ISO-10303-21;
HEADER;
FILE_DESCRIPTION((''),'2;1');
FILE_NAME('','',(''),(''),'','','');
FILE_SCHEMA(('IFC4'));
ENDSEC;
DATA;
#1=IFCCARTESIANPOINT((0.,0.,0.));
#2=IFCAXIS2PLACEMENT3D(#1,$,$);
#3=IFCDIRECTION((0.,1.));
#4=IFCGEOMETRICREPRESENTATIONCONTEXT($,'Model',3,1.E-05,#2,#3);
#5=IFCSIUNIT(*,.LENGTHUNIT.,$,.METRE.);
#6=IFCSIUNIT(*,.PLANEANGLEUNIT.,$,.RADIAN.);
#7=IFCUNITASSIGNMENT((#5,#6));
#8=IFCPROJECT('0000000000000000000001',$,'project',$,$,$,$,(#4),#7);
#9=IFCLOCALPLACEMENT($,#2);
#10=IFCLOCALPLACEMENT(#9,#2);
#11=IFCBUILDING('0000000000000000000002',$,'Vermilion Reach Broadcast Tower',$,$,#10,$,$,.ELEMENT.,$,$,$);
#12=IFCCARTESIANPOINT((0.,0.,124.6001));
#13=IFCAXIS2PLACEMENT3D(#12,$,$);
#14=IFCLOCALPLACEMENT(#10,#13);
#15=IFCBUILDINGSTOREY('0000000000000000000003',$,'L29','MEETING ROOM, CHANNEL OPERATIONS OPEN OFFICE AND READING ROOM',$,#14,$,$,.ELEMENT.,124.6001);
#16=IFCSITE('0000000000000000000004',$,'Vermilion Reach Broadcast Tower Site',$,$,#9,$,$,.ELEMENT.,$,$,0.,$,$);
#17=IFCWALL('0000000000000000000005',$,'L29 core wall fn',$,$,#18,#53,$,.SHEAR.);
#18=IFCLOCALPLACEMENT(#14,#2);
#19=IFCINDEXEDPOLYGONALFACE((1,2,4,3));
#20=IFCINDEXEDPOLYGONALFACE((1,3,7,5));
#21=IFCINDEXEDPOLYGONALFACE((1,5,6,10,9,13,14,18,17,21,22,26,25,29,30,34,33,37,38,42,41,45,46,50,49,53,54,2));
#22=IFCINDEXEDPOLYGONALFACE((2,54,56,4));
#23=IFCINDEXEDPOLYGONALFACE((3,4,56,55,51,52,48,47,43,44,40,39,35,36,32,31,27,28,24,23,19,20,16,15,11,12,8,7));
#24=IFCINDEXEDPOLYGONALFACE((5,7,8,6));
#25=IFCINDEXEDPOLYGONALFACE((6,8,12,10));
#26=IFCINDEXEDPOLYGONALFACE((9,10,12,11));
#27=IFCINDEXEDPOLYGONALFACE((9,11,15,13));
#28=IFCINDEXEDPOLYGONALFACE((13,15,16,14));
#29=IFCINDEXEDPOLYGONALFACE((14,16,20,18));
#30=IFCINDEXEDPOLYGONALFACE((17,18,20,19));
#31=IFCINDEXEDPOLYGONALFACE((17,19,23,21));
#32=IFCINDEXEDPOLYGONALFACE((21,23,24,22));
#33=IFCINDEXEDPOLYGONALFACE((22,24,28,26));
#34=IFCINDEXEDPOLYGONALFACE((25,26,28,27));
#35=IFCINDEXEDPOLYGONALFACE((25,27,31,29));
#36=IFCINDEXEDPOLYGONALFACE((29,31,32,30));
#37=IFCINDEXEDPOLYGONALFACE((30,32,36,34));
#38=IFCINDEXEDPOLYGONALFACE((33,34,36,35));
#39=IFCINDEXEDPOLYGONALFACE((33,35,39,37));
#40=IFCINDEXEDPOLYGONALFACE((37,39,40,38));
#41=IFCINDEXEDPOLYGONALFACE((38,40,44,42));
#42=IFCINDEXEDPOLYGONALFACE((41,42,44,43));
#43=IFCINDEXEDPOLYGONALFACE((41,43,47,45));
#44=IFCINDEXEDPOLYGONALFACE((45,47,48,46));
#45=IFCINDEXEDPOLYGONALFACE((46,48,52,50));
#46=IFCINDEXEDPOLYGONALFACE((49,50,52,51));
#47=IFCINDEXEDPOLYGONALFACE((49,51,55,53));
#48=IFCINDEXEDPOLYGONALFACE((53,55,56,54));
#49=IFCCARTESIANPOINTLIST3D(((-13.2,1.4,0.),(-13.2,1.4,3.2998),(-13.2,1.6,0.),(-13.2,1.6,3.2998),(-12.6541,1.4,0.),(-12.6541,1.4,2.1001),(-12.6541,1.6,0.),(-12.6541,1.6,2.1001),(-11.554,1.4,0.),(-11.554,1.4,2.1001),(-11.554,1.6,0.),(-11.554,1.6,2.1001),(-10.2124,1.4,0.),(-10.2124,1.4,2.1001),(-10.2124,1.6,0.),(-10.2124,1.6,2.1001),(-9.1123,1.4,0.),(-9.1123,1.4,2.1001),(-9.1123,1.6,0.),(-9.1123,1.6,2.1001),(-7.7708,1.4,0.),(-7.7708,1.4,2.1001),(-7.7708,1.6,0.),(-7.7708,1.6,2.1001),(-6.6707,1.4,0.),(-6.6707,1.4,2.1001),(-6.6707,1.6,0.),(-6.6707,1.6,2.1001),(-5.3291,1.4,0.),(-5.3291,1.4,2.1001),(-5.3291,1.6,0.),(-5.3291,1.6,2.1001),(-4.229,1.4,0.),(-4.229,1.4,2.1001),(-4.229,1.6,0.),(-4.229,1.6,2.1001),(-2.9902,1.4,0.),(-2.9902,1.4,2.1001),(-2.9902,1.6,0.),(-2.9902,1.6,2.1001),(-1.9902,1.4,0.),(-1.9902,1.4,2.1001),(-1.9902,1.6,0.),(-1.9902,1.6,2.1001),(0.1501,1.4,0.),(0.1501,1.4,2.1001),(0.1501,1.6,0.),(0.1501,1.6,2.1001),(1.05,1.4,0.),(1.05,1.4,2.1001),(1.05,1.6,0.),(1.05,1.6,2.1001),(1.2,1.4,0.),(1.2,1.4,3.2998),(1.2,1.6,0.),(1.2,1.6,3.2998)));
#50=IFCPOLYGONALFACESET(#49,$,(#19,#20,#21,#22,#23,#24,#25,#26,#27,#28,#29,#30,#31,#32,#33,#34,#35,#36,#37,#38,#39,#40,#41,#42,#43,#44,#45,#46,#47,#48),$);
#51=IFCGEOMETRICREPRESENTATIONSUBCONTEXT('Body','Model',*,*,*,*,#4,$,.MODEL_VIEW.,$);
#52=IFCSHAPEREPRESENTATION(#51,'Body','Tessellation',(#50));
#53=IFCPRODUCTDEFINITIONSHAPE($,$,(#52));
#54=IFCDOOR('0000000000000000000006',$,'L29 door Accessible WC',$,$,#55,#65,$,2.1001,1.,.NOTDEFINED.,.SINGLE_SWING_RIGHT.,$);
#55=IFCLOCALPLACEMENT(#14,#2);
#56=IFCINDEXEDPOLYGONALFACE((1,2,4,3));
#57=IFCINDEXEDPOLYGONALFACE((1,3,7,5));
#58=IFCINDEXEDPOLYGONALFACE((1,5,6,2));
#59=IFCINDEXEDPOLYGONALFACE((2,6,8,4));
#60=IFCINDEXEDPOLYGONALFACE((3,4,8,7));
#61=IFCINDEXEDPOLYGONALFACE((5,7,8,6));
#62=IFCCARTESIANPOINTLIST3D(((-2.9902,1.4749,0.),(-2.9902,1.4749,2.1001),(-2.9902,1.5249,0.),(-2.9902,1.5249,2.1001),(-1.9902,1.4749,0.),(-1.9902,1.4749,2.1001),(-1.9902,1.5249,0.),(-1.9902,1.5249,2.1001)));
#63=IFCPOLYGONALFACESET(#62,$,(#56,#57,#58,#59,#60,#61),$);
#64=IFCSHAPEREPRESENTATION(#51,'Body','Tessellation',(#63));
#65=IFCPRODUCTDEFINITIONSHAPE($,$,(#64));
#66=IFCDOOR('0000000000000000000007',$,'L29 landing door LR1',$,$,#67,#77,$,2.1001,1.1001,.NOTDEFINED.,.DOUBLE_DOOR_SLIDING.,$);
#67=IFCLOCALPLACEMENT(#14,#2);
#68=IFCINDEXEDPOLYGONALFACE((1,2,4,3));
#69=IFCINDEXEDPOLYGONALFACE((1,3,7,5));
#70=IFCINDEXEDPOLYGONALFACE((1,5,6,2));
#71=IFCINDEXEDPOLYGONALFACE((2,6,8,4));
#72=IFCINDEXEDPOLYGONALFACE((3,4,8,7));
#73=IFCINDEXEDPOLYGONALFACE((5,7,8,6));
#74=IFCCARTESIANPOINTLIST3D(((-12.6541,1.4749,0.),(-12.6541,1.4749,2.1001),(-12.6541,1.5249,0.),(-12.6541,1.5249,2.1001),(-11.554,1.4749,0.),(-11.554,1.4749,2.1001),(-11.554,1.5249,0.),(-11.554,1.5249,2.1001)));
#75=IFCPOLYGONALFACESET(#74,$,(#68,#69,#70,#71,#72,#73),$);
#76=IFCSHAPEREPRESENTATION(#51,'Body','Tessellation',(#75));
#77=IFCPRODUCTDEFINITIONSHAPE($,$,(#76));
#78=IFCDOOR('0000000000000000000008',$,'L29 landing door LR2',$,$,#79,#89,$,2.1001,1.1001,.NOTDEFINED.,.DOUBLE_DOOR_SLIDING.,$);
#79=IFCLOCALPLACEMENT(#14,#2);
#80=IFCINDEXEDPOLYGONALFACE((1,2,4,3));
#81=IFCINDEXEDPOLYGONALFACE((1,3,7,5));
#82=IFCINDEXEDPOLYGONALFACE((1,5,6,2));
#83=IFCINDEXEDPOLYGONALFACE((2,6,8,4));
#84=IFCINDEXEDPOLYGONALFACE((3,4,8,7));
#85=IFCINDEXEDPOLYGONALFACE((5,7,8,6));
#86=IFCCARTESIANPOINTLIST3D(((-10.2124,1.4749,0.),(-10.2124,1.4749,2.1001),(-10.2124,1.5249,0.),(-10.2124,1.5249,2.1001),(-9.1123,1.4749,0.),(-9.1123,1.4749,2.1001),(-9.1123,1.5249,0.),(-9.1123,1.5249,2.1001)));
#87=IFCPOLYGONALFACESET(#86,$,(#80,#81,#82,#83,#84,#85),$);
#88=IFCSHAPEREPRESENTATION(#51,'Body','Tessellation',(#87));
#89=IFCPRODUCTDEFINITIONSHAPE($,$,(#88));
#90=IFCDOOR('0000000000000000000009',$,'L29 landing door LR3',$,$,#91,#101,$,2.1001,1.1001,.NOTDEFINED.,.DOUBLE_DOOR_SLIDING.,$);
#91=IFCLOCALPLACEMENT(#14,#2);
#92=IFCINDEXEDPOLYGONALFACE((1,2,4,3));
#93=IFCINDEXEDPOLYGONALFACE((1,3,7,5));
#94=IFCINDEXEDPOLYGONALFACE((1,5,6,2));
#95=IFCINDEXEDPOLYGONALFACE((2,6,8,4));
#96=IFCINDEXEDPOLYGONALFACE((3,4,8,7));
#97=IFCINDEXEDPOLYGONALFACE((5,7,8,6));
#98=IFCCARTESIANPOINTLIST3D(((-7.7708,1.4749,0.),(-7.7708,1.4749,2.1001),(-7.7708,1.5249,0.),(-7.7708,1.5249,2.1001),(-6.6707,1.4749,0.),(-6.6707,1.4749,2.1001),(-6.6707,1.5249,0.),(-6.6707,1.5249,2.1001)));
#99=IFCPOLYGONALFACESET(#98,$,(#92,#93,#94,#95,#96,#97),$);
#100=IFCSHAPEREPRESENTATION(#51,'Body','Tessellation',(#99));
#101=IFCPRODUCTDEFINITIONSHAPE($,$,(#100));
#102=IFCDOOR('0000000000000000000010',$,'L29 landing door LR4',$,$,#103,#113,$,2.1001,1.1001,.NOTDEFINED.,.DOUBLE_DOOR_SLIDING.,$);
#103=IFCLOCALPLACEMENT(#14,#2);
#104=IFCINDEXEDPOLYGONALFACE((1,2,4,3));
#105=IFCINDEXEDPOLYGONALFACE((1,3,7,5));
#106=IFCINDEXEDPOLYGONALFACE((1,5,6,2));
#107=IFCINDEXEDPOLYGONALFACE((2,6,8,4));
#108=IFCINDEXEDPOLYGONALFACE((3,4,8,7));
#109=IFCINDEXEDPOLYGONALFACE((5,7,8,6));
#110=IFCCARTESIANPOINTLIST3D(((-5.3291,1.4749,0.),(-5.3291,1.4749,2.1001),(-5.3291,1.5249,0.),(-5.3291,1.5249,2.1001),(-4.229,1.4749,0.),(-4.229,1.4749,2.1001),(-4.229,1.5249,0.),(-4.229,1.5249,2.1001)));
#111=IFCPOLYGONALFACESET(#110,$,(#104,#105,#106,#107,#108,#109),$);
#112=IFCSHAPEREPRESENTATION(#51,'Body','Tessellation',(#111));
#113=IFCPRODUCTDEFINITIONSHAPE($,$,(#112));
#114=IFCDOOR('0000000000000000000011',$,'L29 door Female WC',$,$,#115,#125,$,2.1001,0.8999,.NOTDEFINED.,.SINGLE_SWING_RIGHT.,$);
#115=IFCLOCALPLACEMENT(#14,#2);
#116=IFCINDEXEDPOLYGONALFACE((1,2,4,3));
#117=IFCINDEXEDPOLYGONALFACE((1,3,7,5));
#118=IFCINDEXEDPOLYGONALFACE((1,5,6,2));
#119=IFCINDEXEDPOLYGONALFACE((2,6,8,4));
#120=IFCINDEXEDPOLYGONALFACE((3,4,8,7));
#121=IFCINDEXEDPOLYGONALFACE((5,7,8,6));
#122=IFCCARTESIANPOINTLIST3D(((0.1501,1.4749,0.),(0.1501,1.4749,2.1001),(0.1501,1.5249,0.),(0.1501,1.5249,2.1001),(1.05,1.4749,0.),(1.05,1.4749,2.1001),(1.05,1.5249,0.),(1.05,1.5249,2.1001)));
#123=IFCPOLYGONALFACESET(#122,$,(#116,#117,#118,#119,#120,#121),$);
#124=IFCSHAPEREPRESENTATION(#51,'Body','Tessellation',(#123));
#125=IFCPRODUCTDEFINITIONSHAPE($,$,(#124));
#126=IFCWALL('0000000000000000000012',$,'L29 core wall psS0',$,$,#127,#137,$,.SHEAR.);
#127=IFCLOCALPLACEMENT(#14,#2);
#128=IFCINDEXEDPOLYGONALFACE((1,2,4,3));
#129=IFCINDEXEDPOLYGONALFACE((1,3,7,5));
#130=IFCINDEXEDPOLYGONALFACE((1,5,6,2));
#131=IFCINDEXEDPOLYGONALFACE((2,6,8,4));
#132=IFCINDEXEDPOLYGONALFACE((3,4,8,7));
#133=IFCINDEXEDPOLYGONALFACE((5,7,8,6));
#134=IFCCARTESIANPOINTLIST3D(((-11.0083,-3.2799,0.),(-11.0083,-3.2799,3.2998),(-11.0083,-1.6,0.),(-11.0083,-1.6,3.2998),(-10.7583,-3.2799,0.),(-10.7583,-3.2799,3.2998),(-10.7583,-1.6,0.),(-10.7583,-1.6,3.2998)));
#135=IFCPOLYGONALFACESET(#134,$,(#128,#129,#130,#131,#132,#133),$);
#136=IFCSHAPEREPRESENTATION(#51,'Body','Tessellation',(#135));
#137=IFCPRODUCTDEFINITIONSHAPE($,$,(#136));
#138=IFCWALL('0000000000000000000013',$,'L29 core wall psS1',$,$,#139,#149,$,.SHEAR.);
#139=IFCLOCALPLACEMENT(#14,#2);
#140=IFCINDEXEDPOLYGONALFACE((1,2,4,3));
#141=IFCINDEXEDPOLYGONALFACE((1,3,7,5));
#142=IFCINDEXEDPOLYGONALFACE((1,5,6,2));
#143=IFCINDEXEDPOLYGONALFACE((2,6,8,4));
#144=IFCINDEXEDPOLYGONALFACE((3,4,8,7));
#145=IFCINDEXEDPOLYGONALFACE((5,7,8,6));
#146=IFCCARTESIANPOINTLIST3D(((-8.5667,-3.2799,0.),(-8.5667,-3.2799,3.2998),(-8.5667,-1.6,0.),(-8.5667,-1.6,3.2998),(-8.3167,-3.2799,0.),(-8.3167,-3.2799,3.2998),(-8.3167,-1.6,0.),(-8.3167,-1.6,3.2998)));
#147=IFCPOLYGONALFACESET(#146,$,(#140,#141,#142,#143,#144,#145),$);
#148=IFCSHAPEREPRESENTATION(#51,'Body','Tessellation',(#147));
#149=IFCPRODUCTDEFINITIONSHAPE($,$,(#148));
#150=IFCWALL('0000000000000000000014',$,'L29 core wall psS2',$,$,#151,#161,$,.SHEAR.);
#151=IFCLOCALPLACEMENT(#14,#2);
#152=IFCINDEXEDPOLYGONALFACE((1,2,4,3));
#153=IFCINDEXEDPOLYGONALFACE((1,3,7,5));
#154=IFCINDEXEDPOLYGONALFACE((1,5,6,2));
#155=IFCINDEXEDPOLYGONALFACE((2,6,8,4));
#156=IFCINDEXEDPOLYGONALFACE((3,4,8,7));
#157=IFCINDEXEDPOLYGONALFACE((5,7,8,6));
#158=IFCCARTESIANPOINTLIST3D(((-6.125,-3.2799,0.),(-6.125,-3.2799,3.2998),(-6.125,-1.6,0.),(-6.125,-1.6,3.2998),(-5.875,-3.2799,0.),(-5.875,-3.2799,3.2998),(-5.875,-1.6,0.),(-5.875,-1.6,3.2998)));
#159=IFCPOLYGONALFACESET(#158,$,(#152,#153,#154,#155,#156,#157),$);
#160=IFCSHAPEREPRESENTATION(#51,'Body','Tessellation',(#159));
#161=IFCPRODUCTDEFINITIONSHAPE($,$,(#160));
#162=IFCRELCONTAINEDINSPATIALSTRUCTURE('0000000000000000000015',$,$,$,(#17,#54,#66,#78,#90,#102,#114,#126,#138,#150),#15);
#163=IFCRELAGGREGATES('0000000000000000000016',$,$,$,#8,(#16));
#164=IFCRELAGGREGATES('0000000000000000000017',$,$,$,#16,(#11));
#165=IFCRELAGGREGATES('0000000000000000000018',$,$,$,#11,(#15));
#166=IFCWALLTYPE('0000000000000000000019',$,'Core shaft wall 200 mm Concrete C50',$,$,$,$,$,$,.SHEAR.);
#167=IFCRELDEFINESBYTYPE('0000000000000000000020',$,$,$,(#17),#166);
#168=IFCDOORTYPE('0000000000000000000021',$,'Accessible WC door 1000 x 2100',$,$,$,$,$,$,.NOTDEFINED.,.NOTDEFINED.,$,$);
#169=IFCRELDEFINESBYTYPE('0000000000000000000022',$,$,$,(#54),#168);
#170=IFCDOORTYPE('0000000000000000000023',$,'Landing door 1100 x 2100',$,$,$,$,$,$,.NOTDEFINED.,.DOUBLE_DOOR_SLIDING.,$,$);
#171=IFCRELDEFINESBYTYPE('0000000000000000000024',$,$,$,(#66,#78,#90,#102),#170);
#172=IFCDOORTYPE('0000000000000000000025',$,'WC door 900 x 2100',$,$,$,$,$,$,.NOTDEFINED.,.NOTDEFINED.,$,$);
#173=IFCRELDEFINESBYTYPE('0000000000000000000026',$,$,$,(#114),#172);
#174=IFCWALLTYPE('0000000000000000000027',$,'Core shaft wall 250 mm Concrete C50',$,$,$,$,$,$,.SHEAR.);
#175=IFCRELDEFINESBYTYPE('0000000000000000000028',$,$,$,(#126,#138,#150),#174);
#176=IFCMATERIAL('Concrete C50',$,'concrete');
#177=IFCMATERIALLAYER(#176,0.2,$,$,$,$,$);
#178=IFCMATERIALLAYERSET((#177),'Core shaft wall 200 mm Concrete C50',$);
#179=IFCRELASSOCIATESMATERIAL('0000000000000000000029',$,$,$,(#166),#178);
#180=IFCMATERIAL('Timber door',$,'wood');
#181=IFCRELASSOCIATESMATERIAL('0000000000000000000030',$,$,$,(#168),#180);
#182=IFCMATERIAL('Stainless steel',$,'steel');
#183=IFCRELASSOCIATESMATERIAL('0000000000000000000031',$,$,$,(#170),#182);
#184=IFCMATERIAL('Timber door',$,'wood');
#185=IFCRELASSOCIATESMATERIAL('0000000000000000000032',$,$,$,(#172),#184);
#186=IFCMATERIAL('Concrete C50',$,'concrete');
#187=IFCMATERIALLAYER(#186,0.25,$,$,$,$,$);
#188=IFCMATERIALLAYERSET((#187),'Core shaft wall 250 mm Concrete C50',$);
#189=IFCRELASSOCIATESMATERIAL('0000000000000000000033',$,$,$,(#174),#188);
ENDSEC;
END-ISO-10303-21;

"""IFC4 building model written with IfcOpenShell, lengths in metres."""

from ifc_helpers import new_model, si_unit, direction, frame, frame_2d, origin, place, context, subcontext, project, spatial, rectangle, extrude, material, layer, layer_set, type_object, element, fill, save


model = new_model("IFC4")

# Units and contexts
model_context = context("Model", 3, precision=1e-05, world=origin(), true_north=direction((0.0, 1.0)))
body_context = subcontext(model_context, "Body", "Model", "MODEL_VIEW")
ifc_project = project(units=[si_unit("LENGTHUNIT", "METRE"), si_unit("PLANEANGLEUNIT", "RADIAN")], contexts=[model_context])

# Site, building, storey
site_placement = place(None, origin())
site = spatial("IfcSite", under=ifc_project, at=site_placement, Name="Vermilion Reach Broadcast Tower Site", CompositionType="ELEMENT", RefElevation=0.0)
building_placement = place(site_placement, origin())
building = spatial("IfcBuilding", under=site, at=building_placement, Name="Vermilion Reach Broadcast Tower", CompositionType="ELEMENT")
storey_placement = place(building_placement, frame((0.0, 0.0, 124.6001)))
storey = spatial("IfcBuildingStorey", under=building, at=storey_placement, Name="L29", Description="MEETING ROOM, CHANNEL OPERATIONS OPEN OFFICE AND READING ROOM", CompositionType="ELEMENT", Elevation=124.6001)

# Wall, openings, doors
ifc_material_1 = material(Name="Concrete C50", Category="concrete")
ifc_layer_1 = layer(ifc_material_1, 0.2)
ifc_layer_set_1 = layer_set([ifc_layer_1], Name="Core shaft wall 200 mm Concrete C50")
wall_type_1 = type_object("IfcWallType", Name="Core shaft wall 200 mm Concrete C50", PredefinedType="SHEAR", material=ifc_layer_set_1)
wall_1_placement = place(storey_placement, frame((-13.2, 1.5, 0.0), z_axis=(0.0, 0.0, 1.0), x_axis=(1.0, 0.0, 0.0)))
wall_1 = element("IfcWall", 1, at=wall_1_placement, inside=storey, type_object=wall_type_1, Name="L29 core wall fn", PredefinedType="SHEAR", context=body_context, shape_type="SweptSolid", body=[
    extrude(rectangle(XDim=14.3999, YDim=0.2, at=frame_2d((7.2, 0.0))), origin(), (0.0, 0.0, 1.0), 3.2998),
])
opening_1_placement = place(wall_1_placement, frame((0.5459, 0.0, 0.0)))
opening_1 = element("IfcOpeningElement", 2, at=opening_1_placement, cuts=wall_1, PredefinedType="OPENING", context=body_context, shape_type="SweptSolid", body=[
    extrude(rectangle(XDim=1.1001, YDim=2.1001, at=frame_2d((0.55, 1.05))), frame((0.0, 0.1099, 0.0), z_axis=(0.0, -1.0, 0.0), x_axis=(1.0, 0.0, 0.0)), (0.0, 0.0, 1.0), 0.22),
])
opening_2_placement = place(wall_1_placement, frame((2.9875, 0.0, 0.0)))
opening_2 = element("IfcOpeningElement", 3, at=opening_2_placement, cuts=wall_1, PredefinedType="OPENING", context=body_context, shape_type="SweptSolid", body=[
    extrude(rectangle(XDim=1.1001, YDim=2.1001, at=frame_2d((0.55, 1.05))), frame((0.0, 0.1099, 0.0), z_axis=(0.0, -1.0, 0.0), x_axis=(1.0, 0.0, 0.0)), (0.0, 0.0, 1.0), 0.22),
])
opening_3_placement = place(wall_1_placement, frame((5.4292, 0.0, 0.0)))
opening_3 = element("IfcOpeningElement", 4, at=opening_3_placement, cuts=wall_1, PredefinedType="OPENING", context=body_context, shape_type="SweptSolid", body=[
    extrude(rectangle(XDim=1.1001, YDim=2.1001, at=frame_2d((0.55, 1.05))), frame((0.0, 0.1099, 0.0), z_axis=(0.0, -1.0, 0.0), x_axis=(1.0, 0.0, 0.0)), (0.0, 0.0, 1.0), 0.22),
])
opening_4_placement = place(wall_1_placement, frame((7.8708, 0.0, 0.0)))
opening_4 = element("IfcOpeningElement", 5, at=opening_4_placement, cuts=wall_1, PredefinedType="OPENING", context=body_context, shape_type="SweptSolid", body=[
    extrude(rectangle(XDim=1.1001, YDim=2.1001, at=frame_2d((0.55, 1.05))), frame((0.0, 0.1099, 0.0), z_axis=(0.0, -1.0, 0.0), x_axis=(1.0, 0.0, 0.0)), (0.0, 0.0, 1.0), 0.22),
])
opening_5_placement = place(wall_1_placement, frame((10.2097, 0.0, 0.0)))
opening_5 = element("IfcOpeningElement", 6, at=opening_5_placement, cuts=wall_1, PredefinedType="OPENING", context=body_context, shape_type="SweptSolid", body=[
    extrude(rectangle(XDim=1.0, YDim=2.1001, at=frame_2d((0.5, 1.05))), frame((0.0, 0.1099, 0.0), z_axis=(0.0, -1.0, 0.0), x_axis=(1.0, 0.0, 0.0)), (0.0, 0.0, 1.0), 0.22),
])
opening_6_placement = place(wall_1_placement, frame((13.3501, 0.0, 0.0)))
opening_6 = element("IfcOpeningElement", 7, at=opening_6_placement, cuts=wall_1, PredefinedType="OPENING", context=body_context, shape_type="SweptSolid", body=[
    extrude(rectangle(XDim=0.8999, YDim=2.1001, at=frame_2d((0.45, 1.05))), frame((0.0, 0.1099, 0.0), z_axis=(0.0, -1.0, 0.0), x_axis=(1.0, 0.0, 0.0)), (0.0, 0.0, 1.0), 0.22),
])
ifc_material_2 = material(Name="Timber door", Category="wood")
door_type_1 = type_object("IfcDoorType", Name="Accessible WC door 1000 x 2100", OperationType="NOTDEFINED", PredefinedType="NOTDEFINED", material=ifc_material_2)
door_1_placement = place(opening_5_placement, origin())
door_1 = element("IfcDoor", 8, at=door_1_placement, inside=storey, type_object=door_type_1, Name="L29 door Accessible WC", OperationType="SINGLE_SWING_RIGHT", OverallHeight=2.1001, OverallWidth=1.0, PredefinedType="NOTDEFINED", context=body_context, shape_type="SweptSolid", body=[
    extrude(rectangle(XDim=1.0, YDim=2.1001, at=frame_2d((0.5, 1.05))), frame((0.0, 0.0249, 0.0), z_axis=(0.0, -1.0, 0.0), x_axis=(1.0, 0.0, 0.0)), (0.0, 0.0, 1.0), 0.05),
])
fill(opening_5, door_1)
ifc_material_3 = material(Name="Stainless steel", Category="steel")
door_type_2 = type_object("IfcDoorType", Name="Landing door 1100 x 2100", OperationType="DOUBLE_DOOR_SLIDING", PredefinedType="NOTDEFINED", material=ifc_material_3)
door_2_placement = place(opening_1_placement, origin())
door_2 = element("IfcDoor", 9, at=door_2_placement, inside=storey, type_object=door_type_2, Name="L29 landing door LR1", OperationType="DOUBLE_DOOR_SLIDING", OverallHeight=2.1001, OverallWidth=1.1001, PredefinedType="NOTDEFINED", context=body_context, shape_type="SweptSolid", body=[
    extrude(rectangle(XDim=1.1001, YDim=2.1001, at=frame_2d((0.55, 1.05))), frame((0.0, 0.0249, 0.0), z_axis=(0.0, -1.0, 0.0), x_axis=(1.0, 0.0, 0.0)), (0.0, 0.0, 1.0), 0.05),
])
fill(opening_1, door_2)
door_3_placement = place(opening_2_placement, origin())
door_3 = element("IfcDoor", 10, at=door_3_placement, inside=storey, type_object=door_type_2, Name="L29 landing door LR2", OperationType="DOUBLE_DOOR_SLIDING", OverallHeight=2.1001, OverallWidth=1.1001, PredefinedType="NOTDEFINED", context=body_context, shape_type="SweptSolid", body=[
    extrude(rectangle(XDim=1.1001, YDim=2.1001, at=frame_2d((0.55, 1.05))), frame((0.0, 0.0249, 0.0), z_axis=(0.0, -1.0, 0.0), x_axis=(1.0, 0.0, 0.0)), (0.0, 0.0, 1.0), 0.05),
])
fill(opening_2, door_3)
door_4_placement = place(opening_3_placement, origin())
door_4 = element("IfcDoor", 11, at=door_4_placement, inside=storey, type_object=door_type_2, Name="L29 landing door LR3", OperationType="DOUBLE_DOOR_SLIDING", OverallHeight=2.1001, OverallWidth=1.1001, PredefinedType="NOTDEFINED", context=body_context, shape_type="SweptSolid", body=[
    extrude(rectangle(XDim=1.1001, YDim=2.1001, at=frame_2d((0.55, 1.05))), frame((0.0, 0.0249, 0.0), z_axis=(0.0, -1.0, 0.0), x_axis=(1.0, 0.0, 0.0)), (0.0, 0.0, 1.0), 0.05),
])
fill(opening_3, door_4)
door_5_placement = place(opening_4_placement, origin())
door_5 = element("IfcDoor", 12, at=door_5_placement, inside=storey, type_object=door_type_2, Name="L29 landing door LR4", OperationType="DOUBLE_DOOR_SLIDING", OverallHeight=2.1001, OverallWidth=1.1001, PredefinedType="NOTDEFINED", context=body_context, shape_type="SweptSolid", body=[
    extrude(rectangle(XDim=1.1001, YDim=2.1001, at=frame_2d((0.55, 1.05))), frame((0.0, 0.0249, 0.0), z_axis=(0.0, -1.0, 0.0), x_axis=(1.0, 0.0, 0.0)), (0.0, 0.0, 1.0), 0.05),
])
fill(opening_4, door_5)
ifc_material_4 = material(Name="Timber door", Category="wood")
door_type_3 = type_object("IfcDoorType", Name="WC door 900 x 2100", OperationType="NOTDEFINED", PredefinedType="NOTDEFINED", material=ifc_material_4)
door_6_placement = place(opening_6_placement, origin())
door_6 = element("IfcDoor", 13, at=door_6_placement, inside=storey, type_object=door_type_3, Name="L29 door Female WC", OperationType="SINGLE_SWING_RIGHT", OverallHeight=2.1001, OverallWidth=0.8999, PredefinedType="NOTDEFINED", context=body_context, shape_type="SweptSolid", body=[
    extrude(rectangle(XDim=0.8999, YDim=2.1001, at=frame_2d((0.45, 1.05))), frame((0.0, 0.0249, 0.0), z_axis=(0.0, -1.0, 0.0), x_axis=(1.0, 0.0, 0.0)), (0.0, 0.0, 1.0), 0.05),
])
fill(opening_6, door_6)

# Walls
ifc_material_5 = material(Name="Concrete C50", Category="concrete")
ifc_layer_2 = layer(ifc_material_5, 0.25)
ifc_layer_set_2 = layer_set([ifc_layer_2], Name="Core shaft wall 250 mm Concrete C50")
wall_type_2 = type_object("IfcWallType", Name="Core shaft wall 250 mm Concrete C50", PredefinedType="SHEAR", material=ifc_layer_set_2)
for number, where, z_axis, x_axis, name in (
    (14, (-10.8833, -1.6001, 0.0), (0.0, 0.0, 1.0), (0.0, -1.0, 0.0), "L29 core wall psS0"),
    (15, (-8.4417, -1.6001, 0.0), (0.0, 0.0, 1.0), (0.0, -1.0, 0.0), "L29 core wall psS1"),
    (16, (-6.0, -1.6001, 0.0), (0.0, 0.0, 1.0), (0.0, -1.0, 0.0), "L29 core wall psS2"),
):
    element("IfcWall", number, at=place(storey_placement, frame(where, z_axis=z_axis, x_axis=x_axis)), inside=storey, type_object=wall_type_2, Name=name, PredefinedType="SHEAR", context=body_context, shape_type="SweptSolid", body=[
        extrude(rectangle(XDim=1.6799, YDim=0.25, at=frame_2d((0.8398, 0.0))), origin(), (0.0, 0.0, 1.0), 3.2998),
    ])

save(model, "model.ifc")
